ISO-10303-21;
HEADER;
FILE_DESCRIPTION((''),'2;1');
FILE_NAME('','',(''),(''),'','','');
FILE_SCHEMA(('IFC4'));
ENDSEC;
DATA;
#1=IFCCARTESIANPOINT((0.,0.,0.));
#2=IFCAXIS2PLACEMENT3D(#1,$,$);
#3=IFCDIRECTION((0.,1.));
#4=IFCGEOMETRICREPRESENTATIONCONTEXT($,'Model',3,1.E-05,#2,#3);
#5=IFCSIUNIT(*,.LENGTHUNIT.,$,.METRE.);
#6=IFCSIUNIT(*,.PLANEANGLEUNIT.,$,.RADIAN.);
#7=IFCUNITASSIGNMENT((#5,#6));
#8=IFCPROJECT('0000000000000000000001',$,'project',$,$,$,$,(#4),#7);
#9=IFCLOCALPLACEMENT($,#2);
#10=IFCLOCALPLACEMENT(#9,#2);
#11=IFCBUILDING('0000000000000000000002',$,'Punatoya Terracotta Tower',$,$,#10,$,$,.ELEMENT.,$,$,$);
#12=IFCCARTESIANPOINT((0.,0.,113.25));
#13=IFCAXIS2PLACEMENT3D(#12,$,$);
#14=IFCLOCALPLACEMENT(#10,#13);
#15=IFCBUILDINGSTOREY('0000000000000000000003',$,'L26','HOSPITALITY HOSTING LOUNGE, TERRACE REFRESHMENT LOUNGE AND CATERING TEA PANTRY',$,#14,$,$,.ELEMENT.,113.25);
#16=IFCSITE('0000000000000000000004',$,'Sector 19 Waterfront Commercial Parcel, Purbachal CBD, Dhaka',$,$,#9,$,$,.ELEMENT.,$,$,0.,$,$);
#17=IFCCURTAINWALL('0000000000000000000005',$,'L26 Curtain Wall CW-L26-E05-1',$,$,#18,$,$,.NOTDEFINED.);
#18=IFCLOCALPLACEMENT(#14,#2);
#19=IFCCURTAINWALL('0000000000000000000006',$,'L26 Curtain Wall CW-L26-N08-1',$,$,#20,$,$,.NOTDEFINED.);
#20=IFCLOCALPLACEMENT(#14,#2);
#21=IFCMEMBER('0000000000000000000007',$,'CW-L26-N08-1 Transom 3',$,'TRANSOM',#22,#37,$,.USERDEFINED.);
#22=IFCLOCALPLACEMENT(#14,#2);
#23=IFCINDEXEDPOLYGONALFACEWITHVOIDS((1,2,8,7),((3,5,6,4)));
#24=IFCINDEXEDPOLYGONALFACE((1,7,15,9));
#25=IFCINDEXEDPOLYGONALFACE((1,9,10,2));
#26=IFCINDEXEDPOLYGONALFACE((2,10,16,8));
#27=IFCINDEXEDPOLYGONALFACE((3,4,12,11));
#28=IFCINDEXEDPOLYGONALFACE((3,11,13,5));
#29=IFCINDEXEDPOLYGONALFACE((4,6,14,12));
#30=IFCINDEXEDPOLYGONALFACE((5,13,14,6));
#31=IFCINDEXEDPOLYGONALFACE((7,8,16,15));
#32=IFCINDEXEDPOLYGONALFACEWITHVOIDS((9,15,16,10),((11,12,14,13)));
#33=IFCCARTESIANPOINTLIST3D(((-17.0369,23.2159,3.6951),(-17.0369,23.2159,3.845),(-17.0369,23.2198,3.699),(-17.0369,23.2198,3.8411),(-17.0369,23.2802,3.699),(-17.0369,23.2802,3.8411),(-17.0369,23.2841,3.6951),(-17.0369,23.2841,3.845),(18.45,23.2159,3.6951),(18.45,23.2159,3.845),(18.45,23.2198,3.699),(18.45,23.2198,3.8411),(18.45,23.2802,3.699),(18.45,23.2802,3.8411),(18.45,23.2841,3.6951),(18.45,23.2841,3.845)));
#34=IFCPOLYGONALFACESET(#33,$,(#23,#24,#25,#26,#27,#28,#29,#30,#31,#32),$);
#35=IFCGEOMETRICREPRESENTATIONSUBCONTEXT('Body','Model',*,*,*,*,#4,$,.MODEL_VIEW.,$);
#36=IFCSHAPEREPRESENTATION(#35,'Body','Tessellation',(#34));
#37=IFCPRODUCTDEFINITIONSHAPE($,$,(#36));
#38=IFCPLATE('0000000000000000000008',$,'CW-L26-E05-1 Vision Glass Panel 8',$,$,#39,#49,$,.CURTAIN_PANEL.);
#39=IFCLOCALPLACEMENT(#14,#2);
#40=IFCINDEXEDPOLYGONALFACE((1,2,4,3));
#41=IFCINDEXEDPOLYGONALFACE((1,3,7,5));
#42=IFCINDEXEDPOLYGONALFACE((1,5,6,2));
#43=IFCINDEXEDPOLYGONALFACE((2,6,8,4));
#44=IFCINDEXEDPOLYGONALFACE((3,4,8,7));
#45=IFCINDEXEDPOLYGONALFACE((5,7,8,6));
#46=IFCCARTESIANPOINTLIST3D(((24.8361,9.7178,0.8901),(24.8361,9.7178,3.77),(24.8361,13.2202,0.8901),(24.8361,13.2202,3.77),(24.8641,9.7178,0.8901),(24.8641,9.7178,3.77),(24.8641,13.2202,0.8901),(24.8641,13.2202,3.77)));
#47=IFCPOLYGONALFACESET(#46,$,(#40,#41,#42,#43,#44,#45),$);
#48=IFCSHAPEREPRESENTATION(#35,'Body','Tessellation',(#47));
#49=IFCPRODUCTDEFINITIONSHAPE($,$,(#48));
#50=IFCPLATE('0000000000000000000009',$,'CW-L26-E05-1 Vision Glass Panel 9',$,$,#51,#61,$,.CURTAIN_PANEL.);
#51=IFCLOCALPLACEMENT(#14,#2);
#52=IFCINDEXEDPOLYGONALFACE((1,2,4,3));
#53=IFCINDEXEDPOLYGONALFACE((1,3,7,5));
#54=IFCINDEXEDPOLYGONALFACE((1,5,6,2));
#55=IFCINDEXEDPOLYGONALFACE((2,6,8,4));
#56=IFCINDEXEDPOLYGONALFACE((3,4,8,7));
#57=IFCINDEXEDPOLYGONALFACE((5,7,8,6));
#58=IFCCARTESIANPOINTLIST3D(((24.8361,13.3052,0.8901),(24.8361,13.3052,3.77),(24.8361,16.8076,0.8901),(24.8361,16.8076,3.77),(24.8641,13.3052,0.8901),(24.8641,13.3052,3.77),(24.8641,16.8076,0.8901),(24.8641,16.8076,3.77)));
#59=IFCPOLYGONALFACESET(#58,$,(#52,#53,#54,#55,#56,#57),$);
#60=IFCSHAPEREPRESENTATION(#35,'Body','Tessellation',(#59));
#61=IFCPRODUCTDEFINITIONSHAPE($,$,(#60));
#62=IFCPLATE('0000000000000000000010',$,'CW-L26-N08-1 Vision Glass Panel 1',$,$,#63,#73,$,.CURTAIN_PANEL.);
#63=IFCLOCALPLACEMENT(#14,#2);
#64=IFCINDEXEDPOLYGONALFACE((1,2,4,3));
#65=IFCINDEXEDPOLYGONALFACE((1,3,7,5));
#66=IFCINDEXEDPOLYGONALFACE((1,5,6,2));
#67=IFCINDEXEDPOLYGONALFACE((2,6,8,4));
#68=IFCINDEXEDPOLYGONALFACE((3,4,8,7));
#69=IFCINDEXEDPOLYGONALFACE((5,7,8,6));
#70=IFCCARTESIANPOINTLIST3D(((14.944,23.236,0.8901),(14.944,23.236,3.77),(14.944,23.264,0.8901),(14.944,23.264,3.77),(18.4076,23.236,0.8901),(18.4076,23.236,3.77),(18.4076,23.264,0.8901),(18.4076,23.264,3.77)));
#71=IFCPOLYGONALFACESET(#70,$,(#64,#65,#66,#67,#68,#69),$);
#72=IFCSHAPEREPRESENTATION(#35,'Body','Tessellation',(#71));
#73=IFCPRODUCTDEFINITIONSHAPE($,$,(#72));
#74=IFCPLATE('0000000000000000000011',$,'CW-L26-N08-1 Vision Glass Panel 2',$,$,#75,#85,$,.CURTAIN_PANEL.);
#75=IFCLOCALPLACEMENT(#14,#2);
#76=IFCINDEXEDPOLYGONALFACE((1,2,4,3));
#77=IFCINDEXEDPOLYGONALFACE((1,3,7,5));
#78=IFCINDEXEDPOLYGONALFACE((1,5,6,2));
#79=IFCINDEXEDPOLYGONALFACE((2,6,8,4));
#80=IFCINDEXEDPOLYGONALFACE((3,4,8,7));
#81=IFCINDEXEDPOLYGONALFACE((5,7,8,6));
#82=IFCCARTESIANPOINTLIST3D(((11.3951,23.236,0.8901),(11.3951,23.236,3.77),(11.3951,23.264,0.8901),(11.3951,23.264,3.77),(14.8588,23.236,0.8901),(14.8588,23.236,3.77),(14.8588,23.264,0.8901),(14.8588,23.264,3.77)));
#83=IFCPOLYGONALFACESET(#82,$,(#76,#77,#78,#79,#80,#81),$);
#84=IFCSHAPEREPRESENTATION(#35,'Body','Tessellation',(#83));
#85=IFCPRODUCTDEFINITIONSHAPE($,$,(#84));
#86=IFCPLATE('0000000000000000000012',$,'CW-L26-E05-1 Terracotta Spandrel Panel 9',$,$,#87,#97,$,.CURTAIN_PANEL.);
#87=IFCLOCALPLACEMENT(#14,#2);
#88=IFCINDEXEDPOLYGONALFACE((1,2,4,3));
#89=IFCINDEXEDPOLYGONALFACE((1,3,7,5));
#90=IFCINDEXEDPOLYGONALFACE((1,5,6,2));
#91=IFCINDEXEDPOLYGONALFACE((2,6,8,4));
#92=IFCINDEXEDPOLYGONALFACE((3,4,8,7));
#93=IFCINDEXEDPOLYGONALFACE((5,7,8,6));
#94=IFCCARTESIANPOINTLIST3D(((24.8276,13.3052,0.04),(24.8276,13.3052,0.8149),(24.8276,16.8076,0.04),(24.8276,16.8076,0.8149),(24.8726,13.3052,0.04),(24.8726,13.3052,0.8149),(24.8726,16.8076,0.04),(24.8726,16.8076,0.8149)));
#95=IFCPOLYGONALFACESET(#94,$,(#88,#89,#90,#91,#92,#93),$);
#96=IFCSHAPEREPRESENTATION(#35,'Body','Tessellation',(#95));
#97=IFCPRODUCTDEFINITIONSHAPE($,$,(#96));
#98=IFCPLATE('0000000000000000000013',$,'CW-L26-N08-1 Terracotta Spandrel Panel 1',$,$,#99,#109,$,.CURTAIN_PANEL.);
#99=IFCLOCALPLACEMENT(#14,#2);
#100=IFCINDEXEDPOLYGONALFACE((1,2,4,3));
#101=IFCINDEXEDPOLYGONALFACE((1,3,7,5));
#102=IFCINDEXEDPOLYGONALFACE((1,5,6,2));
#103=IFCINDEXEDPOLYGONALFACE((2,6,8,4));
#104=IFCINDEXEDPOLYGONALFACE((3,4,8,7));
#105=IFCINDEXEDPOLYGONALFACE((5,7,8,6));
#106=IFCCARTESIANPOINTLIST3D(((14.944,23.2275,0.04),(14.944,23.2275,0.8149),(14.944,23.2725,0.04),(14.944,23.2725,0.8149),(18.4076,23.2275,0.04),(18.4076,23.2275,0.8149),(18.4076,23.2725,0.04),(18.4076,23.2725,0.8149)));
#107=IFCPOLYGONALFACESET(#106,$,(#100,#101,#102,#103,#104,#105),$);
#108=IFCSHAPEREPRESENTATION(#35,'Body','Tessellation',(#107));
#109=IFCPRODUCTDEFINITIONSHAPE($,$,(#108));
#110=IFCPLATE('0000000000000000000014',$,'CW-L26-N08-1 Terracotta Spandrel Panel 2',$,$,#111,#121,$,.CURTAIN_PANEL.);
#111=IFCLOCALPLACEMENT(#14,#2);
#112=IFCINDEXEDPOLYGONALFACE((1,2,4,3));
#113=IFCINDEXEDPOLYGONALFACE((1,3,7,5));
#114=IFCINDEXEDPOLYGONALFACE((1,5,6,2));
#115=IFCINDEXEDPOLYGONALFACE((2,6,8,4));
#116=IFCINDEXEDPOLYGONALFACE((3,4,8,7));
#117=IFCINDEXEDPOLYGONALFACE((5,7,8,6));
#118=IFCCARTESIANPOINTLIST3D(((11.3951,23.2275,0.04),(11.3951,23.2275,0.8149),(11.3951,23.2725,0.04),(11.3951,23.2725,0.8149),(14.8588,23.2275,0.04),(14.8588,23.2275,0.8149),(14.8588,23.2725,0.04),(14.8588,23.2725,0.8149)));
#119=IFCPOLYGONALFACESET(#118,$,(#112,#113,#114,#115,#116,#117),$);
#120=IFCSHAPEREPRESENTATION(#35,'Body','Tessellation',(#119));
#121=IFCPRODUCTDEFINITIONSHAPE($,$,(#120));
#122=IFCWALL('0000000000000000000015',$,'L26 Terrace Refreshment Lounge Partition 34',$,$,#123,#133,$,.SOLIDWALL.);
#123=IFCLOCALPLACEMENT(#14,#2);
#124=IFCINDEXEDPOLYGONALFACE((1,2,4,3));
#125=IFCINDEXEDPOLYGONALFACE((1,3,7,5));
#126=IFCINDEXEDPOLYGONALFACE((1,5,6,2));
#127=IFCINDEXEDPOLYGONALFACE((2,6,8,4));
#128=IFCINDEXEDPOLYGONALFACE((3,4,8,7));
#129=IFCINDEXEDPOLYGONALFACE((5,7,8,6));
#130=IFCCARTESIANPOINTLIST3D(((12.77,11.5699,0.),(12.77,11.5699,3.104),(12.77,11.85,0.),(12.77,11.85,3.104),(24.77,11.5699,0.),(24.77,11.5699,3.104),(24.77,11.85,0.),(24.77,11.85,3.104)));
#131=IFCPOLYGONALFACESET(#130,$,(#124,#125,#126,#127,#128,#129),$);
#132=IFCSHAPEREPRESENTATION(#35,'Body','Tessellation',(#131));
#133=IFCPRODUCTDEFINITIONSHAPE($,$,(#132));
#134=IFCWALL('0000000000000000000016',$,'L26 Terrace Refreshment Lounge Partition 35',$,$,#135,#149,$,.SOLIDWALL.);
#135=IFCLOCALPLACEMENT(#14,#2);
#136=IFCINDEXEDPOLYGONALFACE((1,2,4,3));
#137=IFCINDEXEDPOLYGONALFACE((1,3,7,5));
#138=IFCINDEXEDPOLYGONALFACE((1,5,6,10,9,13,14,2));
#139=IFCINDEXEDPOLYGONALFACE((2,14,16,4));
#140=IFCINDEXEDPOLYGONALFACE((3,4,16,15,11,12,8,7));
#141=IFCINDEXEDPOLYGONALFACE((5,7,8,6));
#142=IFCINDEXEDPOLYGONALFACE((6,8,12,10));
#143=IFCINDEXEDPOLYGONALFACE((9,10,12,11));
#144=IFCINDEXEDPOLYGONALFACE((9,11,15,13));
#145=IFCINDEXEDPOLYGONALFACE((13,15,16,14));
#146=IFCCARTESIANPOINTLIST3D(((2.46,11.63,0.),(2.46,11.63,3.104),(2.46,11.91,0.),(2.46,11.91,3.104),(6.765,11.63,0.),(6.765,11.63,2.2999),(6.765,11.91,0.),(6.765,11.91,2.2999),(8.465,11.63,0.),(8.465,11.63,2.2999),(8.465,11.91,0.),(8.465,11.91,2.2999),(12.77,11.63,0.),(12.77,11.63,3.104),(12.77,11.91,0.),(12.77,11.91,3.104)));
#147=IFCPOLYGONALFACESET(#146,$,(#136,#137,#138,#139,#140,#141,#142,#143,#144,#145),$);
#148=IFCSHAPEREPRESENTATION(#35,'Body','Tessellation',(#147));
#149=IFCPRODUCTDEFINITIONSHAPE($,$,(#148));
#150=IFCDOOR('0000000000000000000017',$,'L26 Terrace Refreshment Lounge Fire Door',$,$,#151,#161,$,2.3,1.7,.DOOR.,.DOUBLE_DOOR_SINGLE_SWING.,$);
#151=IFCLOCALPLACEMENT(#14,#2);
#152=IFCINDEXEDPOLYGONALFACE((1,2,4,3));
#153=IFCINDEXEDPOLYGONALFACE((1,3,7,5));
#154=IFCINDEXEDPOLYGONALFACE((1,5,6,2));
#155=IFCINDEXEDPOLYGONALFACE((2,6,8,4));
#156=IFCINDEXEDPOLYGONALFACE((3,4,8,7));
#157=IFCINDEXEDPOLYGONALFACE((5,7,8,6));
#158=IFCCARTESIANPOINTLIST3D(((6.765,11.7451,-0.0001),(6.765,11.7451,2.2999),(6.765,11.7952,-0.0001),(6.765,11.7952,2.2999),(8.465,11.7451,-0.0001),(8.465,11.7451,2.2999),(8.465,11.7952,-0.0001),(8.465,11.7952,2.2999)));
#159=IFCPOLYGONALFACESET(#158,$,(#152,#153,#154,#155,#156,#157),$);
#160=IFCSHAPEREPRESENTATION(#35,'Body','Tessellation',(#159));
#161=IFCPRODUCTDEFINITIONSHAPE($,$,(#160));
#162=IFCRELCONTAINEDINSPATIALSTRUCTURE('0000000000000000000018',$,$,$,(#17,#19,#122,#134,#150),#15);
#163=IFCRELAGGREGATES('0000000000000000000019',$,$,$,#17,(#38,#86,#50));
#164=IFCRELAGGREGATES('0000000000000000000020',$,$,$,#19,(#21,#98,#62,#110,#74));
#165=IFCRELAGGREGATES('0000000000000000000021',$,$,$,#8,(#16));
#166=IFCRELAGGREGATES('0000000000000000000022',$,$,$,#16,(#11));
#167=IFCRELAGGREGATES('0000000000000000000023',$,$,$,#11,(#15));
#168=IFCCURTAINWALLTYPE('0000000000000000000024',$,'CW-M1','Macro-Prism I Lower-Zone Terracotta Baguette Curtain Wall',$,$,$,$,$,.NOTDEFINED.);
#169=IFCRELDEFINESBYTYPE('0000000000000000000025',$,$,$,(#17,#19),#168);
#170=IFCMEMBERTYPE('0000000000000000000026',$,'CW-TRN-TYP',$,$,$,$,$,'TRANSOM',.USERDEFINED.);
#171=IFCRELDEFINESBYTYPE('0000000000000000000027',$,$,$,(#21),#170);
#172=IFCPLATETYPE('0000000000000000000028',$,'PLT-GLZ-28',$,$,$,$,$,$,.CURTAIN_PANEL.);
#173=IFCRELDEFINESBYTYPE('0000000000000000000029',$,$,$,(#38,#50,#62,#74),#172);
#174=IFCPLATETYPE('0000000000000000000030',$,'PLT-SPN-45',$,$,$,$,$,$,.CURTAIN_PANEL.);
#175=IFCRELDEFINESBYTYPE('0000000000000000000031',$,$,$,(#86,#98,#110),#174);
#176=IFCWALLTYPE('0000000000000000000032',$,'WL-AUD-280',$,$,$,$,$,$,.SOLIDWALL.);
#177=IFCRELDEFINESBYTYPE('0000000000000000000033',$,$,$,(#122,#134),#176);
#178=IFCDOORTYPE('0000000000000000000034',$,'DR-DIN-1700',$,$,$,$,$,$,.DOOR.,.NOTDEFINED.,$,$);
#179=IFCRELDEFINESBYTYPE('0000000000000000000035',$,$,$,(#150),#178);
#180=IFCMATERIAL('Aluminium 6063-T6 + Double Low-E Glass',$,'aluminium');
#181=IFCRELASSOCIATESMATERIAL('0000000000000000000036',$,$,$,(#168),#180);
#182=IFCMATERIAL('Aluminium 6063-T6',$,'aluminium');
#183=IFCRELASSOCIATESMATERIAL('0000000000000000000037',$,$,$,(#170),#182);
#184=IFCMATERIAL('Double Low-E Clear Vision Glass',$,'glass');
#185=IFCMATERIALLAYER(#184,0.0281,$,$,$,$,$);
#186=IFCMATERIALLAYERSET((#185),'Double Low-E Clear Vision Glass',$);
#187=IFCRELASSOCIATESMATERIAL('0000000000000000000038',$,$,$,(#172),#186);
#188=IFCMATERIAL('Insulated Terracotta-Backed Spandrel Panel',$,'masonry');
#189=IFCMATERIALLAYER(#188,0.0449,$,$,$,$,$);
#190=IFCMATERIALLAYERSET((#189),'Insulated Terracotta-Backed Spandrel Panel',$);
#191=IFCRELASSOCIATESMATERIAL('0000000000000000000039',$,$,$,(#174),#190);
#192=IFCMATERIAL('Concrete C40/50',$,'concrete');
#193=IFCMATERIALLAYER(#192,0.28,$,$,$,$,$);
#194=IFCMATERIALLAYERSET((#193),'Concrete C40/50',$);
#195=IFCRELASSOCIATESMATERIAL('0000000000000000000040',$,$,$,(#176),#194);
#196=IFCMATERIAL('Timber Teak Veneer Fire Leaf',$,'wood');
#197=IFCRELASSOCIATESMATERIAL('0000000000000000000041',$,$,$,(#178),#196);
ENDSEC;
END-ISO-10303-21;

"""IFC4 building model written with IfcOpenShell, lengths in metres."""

from ifc_helpers import new_model, si_unit, direction, frame, frame_2d, origin, origin_2d, place, context, subcontext, project, spatial, rectangle, hollow_rectangle, extrude, material, layer, layer_set, material_profile, profile_set, type_object, element, fill, aggregate, save


model = new_model("IFC4")

# Units and contexts
model_context = context("Model", 3, precision=1e-05, world=origin(), true_north=direction((0.0, 1.0)))
body_context = subcontext(model_context, "Body", "Model", "MODEL_VIEW")
ifc_project = project(units=[si_unit("LENGTHUNIT", "METRE"), si_unit("PLANEANGLEUNIT", "RADIAN")], contexts=[model_context])

# Site, building, storey
site_placement = place(None, origin())
site = spatial("IfcSite", under=ifc_project, at=site_placement, Name="Sector 19 Waterfront Commercial Parcel, Purbachal CBD, Dhaka", CompositionType="ELEMENT", RefElevation=0.0)
building_placement = place(site_placement, origin())
building = spatial("IfcBuilding", under=site, at=building_placement, Name="Punatoya Terracotta Tower", CompositionType="ELEMENT")
storey_placement = place(building_placement, frame((0.0, 0.0, 113.25)))
storey = spatial("IfcBuildingStorey", under=building, at=storey_placement, Name="L26", Description="HOSPITALITY HOSTING LOUNGE, TERRACE REFRESHMENT LOUNGE AND CATERING TEA PANTRY", CompositionType="ELEMENT", Elevation=113.25)

# Curtain walls, member
ifc_material_1 = material(Name="Aluminium 6063-T6 + Double Low-E Glass", Category="aluminium")
curtain_wall_type = type_object("IfcCurtainWallType", Name="CW-M1", Description="Macro-Prism I Lower-Zone Terracotta Baguette Curtain Wall", PredefinedType="NOTDEFINED", material=ifc_material_1)
curtain_wall_1_placement = place(storey_placement, origin())
curtain_wall_1 = element("IfcCurtainWall", 1, at=curtain_wall_1_placement, inside=storey, type_object=curtain_wall_type, Name="L26 Curtain Wall CW-L26-E05-1", PredefinedType="NOTDEFINED")
ifc_material_2 = material(Name="Aluminium 6063-T6", Category="aluminium")
curtain_wall_2_placement = place(storey_placement, origin())
curtain_wall_2 = element("IfcCurtainWall", 2, at=curtain_wall_2_placement, inside=storey, type_object=curtain_wall_type, Name="L26 Curtain Wall CW-L26-N08-1", PredefinedType="NOTDEFINED")
ifc_material_profile_1 = material_profile(ifc_material_2, hollow_rectangle(XDim=0.0681, YDim=0.1499, WallThickness=0.0039, at=origin_2d()))
ifc_profile_set_1 = profile_set([ifc_material_profile_1], Name="Aluminium 6063-T6")
member_type_1 = type_object("IfcMemberType", Name="CW-TRN-TYP", ElementType="TRANSOM", PredefinedType="USERDEFINED", material=ifc_profile_set_1)
member_1_placement = place(storey_placement, frame((18.45, 23.25, 3.77), z_axis=(-1.0, 0.0, 0.0), x_axis=(0.0, -1.0, 0.0)))
member_1 = element("IfcMember", 3, at=member_1_placement, type_object=member_type_1, Name="CW-L26-N08-1 Transom 3", ObjectType="TRANSOM", PredefinedType="USERDEFINED", context=body_context, shape_type="SweptSolid", body=[
    extrude(hollow_rectangle(XDim=0.0681, YDim=0.1499, WallThickness=0.0039, at=origin_2d()), origin(), (0.0, 0.0, 1.0), 35.4868),
])

# Plates
ifc_material_3 = material(Name="Double Low-E Clear Vision Glass", Category="glass")
ifc_layer_1 = layer(ifc_material_3, 0.0281)
ifc_layer_set_1 = layer_set([ifc_layer_1], Name="Double Low-E Clear Vision Glass")
plate_type_1 = type_object("IfcPlateType", Name="PLT-GLZ-28", PredefinedType="CURTAIN_PANEL", material=ifc_layer_set_1)
plate_1_placement = place(storey_placement, frame((24.8501, 11.469, 0.8901), z_axis=(0.0, 0.0, 1.0), x_axis=(0.0, 1.0, 0.0)))
plate_1 = element("IfcPlate", 4, at=plate_1_placement, type_object=plate_type_1, Name="CW-L26-E05-1 Vision Glass Panel 8", PredefinedType="CURTAIN_PANEL", context=body_context, shape_type="SweptSolid", body=[
    extrude(rectangle(XDim=3.5024, YDim=0.0281, at=origin_2d()), origin(), (0.0, 0.0, 1.0), 2.8799),
])
plate_2_placement = place(storey_placement, frame((24.8501, 15.0564, 0.8901), z_axis=(0.0, 0.0, 1.0), x_axis=(0.0, 1.0, 0.0)))
plate_2 = element("IfcPlate", 5, at=plate_2_placement, type_object=plate_type_1, Name="CW-L26-E05-1 Vision Glass Panel 9", PredefinedType="CURTAIN_PANEL", context=body_context, shape_type="SweptSolid", body=[
    extrude(rectangle(XDim=3.5024, YDim=0.0281, at=origin_2d()), origin(), (0.0, 0.0, 1.0), 2.8799),
])
plate_3_placement = place(storey_placement, frame((16.6758, 23.25, 0.8901), z_axis=(0.0, 0.0, 1.0), x_axis=(-1.0, 0.0, 0.0)))
plate_3 = element("IfcPlate", 6, at=plate_3_placement, type_object=plate_type_1, Name="CW-L26-N08-1 Vision Glass Panel 1", PredefinedType="CURTAIN_PANEL", context=body_context, shape_type="SweptSolid", body=[
    extrude(rectangle(XDim=3.4636, YDim=0.0281, at=origin_2d()), origin(), (0.0, 0.0, 1.0), 2.8799),
])
plate_4_placement = place(storey_placement, frame((13.127, 23.25, 0.8901), z_axis=(0.0, 0.0, 1.0), x_axis=(-1.0, 0.0, 0.0)))
plate_4 = element("IfcPlate", 7, at=plate_4_placement, type_object=plate_type_1, Name="CW-L26-N08-1 Vision Glass Panel 2", PredefinedType="CURTAIN_PANEL", context=body_context, shape_type="SweptSolid", body=[
    extrude(rectangle(XDim=3.4636, YDim=0.0281, at=origin_2d()), origin(), (0.0, 0.0, 1.0), 2.8799),
])
ifc_material_4 = material(Name="Insulated Terracotta-Backed Spandrel Panel", Category="masonry")
ifc_layer_2 = layer(ifc_material_4, 0.0449)
ifc_layer_set_2 = layer_set([ifc_layer_2], Name="Insulated Terracotta-Backed Spandrel Panel")
plate_type_2 = type_object("IfcPlateType", Name="PLT-SPN-45", PredefinedType="CURTAIN_PANEL", material=ifc_layer_set_2)
plate_5_placement = place(storey_placement, frame((24.8501, 15.0564, 0.04), z_axis=(0.0, 0.0, 1.0), x_axis=(0.0, 1.0, 0.0)))
plate_5 = element("IfcPlate", 8, at=plate_5_placement, type_object=plate_type_2, Name="CW-L26-E05-1 Terracotta Spandrel Panel 9", PredefinedType="CURTAIN_PANEL", context=body_context, shape_type="SweptSolid", body=[
    extrude(rectangle(XDim=3.5024, YDim=0.0449, at=origin_2d()), origin(), (0.0, 0.0, 1.0), 0.7749),
])
aggregate(curtain_wall_1, [plate_1, plate_5, plate_2])
plate_6_placement = place(storey_placement, frame((16.6758, 23.25, 0.04), z_axis=(0.0, 0.0, 1.0), x_axis=(-1.0, 0.0, 0.0)))
plate_6 = element("IfcPlate", 9, at=plate_6_placement, type_object=plate_type_2, Name="CW-L26-N08-1 Terracotta Spandrel Panel 1", PredefinedType="CURTAIN_PANEL", context=body_context, shape_type="SweptSolid", body=[
    extrude(rectangle(XDim=3.4636, YDim=0.0449, at=origin_2d()), origin(), (0.0, 0.0, 1.0), 0.7749),
])
plate_7_placement = place(storey_placement, frame((13.127, 23.25, 0.04), z_axis=(0.0, 0.0, 1.0), x_axis=(-1.0, 0.0, 0.0)))
plate_7 = element("IfcPlate", 10, at=plate_7_placement, type_object=plate_type_2, Name="CW-L26-N08-1 Terracotta Spandrel Panel 2", PredefinedType="CURTAIN_PANEL", context=body_context, shape_type="SweptSolid", body=[
    extrude(rectangle(XDim=3.4636, YDim=0.0449, at=origin_2d()), origin(), (0.0, 0.0, 1.0), 0.7749),
])
aggregate(curtain_wall_2, [member_1, plate_6, plate_3, plate_7, plate_4])

# Wall
ifc_material_5 = material(Name="Concrete C40/50", Category="concrete")
ifc_layer_3 = layer(ifc_material_5, 0.28)
ifc_layer_set_3 = layer_set([ifc_layer_3], Name="Concrete C40/50")
wall_type_1 = type_object("IfcWallType", Name="WL-AUD-280", PredefinedType="SOLIDWALL", material=ifc_layer_set_3)
wall_1_placement = place(storey_placement, frame((24.77, 11.71, 0.0), z_axis=(0.0, 0.0, 1.0), x_axis=(-1.0, 0.0, 0.0)))
element("IfcWall", 11, at=wall_1_placement, inside=storey, type_object=wall_type_1, Name="L26 Terrace Refreshment Lounge Partition 34", PredefinedType="SOLIDWALL", context=body_context, shape_type="SweptSolid", body=[
    extrude(rectangle(XDim=12.0, YDim=0.28, at=frame_2d((6.0, 0.0))), origin(), (0.0, 0.0, 1.0), 3.104),
])

# Wall, opening, door
wall_2_placement = place(storey_placement, frame((12.77, 11.77, 0.0), z_axis=(0.0, 0.0, 1.0), x_axis=(-1.0, 0.0, 0.0)))
wall_2 = element("IfcWall", 12, at=wall_2_placement, inside=storey, type_object=wall_type_1, Name="L26 Terrace Refreshment Lounge Partition 35", PredefinedType="SOLIDWALL", context=body_context, shape_type="SweptSolid", body=[
    extrude(rectangle(XDim=10.3101, YDim=0.28, at=frame_2d((5.155, 0.0))), origin(), (0.0, 0.0, 1.0), 3.104),
])
opening_1_placement = place(wall_2_placement, frame((4.3049, 0.0, 0.0)))
opening_1 = element("IfcOpeningElement", 13, at=opening_1_placement, cuts=wall_2, PredefinedType="OPENING", context=body_context, shape_type="SweptSolid", body=[
    extrude(rectangle(XDim=1.7, YDim=2.3, at=frame_2d((0.8501, 1.1499))), frame((0.0, 0.1499, 0.0), z_axis=(0.0, -1.0, 0.0), x_axis=(1.0, 0.0, 0.0)), (0.0, 0.0, 1.0), 0.3),
])
ifc_material_6 = material(Name="Timber Teak Veneer Fire Leaf", Category="wood")
door_type = type_object("IfcDoorType", Name="DR-DIN-1700", OperationType="NOTDEFINED", PredefinedType="DOOR", material=ifc_material_6)
door_placement = place(opening_1_placement, origin())
door = element("IfcDoor", 14, at=door_placement, inside=storey, type_object=door_type, Name="L26 Terrace Refreshment Lounge Fire Door", OperationType="DOUBLE_DOOR_SINGLE_SWING", OverallHeight=2.3, OverallWidth=1.7, PredefinedType="DOOR", context=body_context, shape_type="SweptSolid", body=[
    extrude(rectangle(XDim=1.7, YDim=2.3, at=frame_2d((0.8501, 1.1499))), frame((0.0, 0.0249, 0.0), z_axis=(0.0, -1.0, 0.0), x_axis=(1.0, 0.0, 0.0)), (0.0, 0.0, 1.0), 0.05),
])
fill(opening_1, door)

save(model, "model.ifc")
